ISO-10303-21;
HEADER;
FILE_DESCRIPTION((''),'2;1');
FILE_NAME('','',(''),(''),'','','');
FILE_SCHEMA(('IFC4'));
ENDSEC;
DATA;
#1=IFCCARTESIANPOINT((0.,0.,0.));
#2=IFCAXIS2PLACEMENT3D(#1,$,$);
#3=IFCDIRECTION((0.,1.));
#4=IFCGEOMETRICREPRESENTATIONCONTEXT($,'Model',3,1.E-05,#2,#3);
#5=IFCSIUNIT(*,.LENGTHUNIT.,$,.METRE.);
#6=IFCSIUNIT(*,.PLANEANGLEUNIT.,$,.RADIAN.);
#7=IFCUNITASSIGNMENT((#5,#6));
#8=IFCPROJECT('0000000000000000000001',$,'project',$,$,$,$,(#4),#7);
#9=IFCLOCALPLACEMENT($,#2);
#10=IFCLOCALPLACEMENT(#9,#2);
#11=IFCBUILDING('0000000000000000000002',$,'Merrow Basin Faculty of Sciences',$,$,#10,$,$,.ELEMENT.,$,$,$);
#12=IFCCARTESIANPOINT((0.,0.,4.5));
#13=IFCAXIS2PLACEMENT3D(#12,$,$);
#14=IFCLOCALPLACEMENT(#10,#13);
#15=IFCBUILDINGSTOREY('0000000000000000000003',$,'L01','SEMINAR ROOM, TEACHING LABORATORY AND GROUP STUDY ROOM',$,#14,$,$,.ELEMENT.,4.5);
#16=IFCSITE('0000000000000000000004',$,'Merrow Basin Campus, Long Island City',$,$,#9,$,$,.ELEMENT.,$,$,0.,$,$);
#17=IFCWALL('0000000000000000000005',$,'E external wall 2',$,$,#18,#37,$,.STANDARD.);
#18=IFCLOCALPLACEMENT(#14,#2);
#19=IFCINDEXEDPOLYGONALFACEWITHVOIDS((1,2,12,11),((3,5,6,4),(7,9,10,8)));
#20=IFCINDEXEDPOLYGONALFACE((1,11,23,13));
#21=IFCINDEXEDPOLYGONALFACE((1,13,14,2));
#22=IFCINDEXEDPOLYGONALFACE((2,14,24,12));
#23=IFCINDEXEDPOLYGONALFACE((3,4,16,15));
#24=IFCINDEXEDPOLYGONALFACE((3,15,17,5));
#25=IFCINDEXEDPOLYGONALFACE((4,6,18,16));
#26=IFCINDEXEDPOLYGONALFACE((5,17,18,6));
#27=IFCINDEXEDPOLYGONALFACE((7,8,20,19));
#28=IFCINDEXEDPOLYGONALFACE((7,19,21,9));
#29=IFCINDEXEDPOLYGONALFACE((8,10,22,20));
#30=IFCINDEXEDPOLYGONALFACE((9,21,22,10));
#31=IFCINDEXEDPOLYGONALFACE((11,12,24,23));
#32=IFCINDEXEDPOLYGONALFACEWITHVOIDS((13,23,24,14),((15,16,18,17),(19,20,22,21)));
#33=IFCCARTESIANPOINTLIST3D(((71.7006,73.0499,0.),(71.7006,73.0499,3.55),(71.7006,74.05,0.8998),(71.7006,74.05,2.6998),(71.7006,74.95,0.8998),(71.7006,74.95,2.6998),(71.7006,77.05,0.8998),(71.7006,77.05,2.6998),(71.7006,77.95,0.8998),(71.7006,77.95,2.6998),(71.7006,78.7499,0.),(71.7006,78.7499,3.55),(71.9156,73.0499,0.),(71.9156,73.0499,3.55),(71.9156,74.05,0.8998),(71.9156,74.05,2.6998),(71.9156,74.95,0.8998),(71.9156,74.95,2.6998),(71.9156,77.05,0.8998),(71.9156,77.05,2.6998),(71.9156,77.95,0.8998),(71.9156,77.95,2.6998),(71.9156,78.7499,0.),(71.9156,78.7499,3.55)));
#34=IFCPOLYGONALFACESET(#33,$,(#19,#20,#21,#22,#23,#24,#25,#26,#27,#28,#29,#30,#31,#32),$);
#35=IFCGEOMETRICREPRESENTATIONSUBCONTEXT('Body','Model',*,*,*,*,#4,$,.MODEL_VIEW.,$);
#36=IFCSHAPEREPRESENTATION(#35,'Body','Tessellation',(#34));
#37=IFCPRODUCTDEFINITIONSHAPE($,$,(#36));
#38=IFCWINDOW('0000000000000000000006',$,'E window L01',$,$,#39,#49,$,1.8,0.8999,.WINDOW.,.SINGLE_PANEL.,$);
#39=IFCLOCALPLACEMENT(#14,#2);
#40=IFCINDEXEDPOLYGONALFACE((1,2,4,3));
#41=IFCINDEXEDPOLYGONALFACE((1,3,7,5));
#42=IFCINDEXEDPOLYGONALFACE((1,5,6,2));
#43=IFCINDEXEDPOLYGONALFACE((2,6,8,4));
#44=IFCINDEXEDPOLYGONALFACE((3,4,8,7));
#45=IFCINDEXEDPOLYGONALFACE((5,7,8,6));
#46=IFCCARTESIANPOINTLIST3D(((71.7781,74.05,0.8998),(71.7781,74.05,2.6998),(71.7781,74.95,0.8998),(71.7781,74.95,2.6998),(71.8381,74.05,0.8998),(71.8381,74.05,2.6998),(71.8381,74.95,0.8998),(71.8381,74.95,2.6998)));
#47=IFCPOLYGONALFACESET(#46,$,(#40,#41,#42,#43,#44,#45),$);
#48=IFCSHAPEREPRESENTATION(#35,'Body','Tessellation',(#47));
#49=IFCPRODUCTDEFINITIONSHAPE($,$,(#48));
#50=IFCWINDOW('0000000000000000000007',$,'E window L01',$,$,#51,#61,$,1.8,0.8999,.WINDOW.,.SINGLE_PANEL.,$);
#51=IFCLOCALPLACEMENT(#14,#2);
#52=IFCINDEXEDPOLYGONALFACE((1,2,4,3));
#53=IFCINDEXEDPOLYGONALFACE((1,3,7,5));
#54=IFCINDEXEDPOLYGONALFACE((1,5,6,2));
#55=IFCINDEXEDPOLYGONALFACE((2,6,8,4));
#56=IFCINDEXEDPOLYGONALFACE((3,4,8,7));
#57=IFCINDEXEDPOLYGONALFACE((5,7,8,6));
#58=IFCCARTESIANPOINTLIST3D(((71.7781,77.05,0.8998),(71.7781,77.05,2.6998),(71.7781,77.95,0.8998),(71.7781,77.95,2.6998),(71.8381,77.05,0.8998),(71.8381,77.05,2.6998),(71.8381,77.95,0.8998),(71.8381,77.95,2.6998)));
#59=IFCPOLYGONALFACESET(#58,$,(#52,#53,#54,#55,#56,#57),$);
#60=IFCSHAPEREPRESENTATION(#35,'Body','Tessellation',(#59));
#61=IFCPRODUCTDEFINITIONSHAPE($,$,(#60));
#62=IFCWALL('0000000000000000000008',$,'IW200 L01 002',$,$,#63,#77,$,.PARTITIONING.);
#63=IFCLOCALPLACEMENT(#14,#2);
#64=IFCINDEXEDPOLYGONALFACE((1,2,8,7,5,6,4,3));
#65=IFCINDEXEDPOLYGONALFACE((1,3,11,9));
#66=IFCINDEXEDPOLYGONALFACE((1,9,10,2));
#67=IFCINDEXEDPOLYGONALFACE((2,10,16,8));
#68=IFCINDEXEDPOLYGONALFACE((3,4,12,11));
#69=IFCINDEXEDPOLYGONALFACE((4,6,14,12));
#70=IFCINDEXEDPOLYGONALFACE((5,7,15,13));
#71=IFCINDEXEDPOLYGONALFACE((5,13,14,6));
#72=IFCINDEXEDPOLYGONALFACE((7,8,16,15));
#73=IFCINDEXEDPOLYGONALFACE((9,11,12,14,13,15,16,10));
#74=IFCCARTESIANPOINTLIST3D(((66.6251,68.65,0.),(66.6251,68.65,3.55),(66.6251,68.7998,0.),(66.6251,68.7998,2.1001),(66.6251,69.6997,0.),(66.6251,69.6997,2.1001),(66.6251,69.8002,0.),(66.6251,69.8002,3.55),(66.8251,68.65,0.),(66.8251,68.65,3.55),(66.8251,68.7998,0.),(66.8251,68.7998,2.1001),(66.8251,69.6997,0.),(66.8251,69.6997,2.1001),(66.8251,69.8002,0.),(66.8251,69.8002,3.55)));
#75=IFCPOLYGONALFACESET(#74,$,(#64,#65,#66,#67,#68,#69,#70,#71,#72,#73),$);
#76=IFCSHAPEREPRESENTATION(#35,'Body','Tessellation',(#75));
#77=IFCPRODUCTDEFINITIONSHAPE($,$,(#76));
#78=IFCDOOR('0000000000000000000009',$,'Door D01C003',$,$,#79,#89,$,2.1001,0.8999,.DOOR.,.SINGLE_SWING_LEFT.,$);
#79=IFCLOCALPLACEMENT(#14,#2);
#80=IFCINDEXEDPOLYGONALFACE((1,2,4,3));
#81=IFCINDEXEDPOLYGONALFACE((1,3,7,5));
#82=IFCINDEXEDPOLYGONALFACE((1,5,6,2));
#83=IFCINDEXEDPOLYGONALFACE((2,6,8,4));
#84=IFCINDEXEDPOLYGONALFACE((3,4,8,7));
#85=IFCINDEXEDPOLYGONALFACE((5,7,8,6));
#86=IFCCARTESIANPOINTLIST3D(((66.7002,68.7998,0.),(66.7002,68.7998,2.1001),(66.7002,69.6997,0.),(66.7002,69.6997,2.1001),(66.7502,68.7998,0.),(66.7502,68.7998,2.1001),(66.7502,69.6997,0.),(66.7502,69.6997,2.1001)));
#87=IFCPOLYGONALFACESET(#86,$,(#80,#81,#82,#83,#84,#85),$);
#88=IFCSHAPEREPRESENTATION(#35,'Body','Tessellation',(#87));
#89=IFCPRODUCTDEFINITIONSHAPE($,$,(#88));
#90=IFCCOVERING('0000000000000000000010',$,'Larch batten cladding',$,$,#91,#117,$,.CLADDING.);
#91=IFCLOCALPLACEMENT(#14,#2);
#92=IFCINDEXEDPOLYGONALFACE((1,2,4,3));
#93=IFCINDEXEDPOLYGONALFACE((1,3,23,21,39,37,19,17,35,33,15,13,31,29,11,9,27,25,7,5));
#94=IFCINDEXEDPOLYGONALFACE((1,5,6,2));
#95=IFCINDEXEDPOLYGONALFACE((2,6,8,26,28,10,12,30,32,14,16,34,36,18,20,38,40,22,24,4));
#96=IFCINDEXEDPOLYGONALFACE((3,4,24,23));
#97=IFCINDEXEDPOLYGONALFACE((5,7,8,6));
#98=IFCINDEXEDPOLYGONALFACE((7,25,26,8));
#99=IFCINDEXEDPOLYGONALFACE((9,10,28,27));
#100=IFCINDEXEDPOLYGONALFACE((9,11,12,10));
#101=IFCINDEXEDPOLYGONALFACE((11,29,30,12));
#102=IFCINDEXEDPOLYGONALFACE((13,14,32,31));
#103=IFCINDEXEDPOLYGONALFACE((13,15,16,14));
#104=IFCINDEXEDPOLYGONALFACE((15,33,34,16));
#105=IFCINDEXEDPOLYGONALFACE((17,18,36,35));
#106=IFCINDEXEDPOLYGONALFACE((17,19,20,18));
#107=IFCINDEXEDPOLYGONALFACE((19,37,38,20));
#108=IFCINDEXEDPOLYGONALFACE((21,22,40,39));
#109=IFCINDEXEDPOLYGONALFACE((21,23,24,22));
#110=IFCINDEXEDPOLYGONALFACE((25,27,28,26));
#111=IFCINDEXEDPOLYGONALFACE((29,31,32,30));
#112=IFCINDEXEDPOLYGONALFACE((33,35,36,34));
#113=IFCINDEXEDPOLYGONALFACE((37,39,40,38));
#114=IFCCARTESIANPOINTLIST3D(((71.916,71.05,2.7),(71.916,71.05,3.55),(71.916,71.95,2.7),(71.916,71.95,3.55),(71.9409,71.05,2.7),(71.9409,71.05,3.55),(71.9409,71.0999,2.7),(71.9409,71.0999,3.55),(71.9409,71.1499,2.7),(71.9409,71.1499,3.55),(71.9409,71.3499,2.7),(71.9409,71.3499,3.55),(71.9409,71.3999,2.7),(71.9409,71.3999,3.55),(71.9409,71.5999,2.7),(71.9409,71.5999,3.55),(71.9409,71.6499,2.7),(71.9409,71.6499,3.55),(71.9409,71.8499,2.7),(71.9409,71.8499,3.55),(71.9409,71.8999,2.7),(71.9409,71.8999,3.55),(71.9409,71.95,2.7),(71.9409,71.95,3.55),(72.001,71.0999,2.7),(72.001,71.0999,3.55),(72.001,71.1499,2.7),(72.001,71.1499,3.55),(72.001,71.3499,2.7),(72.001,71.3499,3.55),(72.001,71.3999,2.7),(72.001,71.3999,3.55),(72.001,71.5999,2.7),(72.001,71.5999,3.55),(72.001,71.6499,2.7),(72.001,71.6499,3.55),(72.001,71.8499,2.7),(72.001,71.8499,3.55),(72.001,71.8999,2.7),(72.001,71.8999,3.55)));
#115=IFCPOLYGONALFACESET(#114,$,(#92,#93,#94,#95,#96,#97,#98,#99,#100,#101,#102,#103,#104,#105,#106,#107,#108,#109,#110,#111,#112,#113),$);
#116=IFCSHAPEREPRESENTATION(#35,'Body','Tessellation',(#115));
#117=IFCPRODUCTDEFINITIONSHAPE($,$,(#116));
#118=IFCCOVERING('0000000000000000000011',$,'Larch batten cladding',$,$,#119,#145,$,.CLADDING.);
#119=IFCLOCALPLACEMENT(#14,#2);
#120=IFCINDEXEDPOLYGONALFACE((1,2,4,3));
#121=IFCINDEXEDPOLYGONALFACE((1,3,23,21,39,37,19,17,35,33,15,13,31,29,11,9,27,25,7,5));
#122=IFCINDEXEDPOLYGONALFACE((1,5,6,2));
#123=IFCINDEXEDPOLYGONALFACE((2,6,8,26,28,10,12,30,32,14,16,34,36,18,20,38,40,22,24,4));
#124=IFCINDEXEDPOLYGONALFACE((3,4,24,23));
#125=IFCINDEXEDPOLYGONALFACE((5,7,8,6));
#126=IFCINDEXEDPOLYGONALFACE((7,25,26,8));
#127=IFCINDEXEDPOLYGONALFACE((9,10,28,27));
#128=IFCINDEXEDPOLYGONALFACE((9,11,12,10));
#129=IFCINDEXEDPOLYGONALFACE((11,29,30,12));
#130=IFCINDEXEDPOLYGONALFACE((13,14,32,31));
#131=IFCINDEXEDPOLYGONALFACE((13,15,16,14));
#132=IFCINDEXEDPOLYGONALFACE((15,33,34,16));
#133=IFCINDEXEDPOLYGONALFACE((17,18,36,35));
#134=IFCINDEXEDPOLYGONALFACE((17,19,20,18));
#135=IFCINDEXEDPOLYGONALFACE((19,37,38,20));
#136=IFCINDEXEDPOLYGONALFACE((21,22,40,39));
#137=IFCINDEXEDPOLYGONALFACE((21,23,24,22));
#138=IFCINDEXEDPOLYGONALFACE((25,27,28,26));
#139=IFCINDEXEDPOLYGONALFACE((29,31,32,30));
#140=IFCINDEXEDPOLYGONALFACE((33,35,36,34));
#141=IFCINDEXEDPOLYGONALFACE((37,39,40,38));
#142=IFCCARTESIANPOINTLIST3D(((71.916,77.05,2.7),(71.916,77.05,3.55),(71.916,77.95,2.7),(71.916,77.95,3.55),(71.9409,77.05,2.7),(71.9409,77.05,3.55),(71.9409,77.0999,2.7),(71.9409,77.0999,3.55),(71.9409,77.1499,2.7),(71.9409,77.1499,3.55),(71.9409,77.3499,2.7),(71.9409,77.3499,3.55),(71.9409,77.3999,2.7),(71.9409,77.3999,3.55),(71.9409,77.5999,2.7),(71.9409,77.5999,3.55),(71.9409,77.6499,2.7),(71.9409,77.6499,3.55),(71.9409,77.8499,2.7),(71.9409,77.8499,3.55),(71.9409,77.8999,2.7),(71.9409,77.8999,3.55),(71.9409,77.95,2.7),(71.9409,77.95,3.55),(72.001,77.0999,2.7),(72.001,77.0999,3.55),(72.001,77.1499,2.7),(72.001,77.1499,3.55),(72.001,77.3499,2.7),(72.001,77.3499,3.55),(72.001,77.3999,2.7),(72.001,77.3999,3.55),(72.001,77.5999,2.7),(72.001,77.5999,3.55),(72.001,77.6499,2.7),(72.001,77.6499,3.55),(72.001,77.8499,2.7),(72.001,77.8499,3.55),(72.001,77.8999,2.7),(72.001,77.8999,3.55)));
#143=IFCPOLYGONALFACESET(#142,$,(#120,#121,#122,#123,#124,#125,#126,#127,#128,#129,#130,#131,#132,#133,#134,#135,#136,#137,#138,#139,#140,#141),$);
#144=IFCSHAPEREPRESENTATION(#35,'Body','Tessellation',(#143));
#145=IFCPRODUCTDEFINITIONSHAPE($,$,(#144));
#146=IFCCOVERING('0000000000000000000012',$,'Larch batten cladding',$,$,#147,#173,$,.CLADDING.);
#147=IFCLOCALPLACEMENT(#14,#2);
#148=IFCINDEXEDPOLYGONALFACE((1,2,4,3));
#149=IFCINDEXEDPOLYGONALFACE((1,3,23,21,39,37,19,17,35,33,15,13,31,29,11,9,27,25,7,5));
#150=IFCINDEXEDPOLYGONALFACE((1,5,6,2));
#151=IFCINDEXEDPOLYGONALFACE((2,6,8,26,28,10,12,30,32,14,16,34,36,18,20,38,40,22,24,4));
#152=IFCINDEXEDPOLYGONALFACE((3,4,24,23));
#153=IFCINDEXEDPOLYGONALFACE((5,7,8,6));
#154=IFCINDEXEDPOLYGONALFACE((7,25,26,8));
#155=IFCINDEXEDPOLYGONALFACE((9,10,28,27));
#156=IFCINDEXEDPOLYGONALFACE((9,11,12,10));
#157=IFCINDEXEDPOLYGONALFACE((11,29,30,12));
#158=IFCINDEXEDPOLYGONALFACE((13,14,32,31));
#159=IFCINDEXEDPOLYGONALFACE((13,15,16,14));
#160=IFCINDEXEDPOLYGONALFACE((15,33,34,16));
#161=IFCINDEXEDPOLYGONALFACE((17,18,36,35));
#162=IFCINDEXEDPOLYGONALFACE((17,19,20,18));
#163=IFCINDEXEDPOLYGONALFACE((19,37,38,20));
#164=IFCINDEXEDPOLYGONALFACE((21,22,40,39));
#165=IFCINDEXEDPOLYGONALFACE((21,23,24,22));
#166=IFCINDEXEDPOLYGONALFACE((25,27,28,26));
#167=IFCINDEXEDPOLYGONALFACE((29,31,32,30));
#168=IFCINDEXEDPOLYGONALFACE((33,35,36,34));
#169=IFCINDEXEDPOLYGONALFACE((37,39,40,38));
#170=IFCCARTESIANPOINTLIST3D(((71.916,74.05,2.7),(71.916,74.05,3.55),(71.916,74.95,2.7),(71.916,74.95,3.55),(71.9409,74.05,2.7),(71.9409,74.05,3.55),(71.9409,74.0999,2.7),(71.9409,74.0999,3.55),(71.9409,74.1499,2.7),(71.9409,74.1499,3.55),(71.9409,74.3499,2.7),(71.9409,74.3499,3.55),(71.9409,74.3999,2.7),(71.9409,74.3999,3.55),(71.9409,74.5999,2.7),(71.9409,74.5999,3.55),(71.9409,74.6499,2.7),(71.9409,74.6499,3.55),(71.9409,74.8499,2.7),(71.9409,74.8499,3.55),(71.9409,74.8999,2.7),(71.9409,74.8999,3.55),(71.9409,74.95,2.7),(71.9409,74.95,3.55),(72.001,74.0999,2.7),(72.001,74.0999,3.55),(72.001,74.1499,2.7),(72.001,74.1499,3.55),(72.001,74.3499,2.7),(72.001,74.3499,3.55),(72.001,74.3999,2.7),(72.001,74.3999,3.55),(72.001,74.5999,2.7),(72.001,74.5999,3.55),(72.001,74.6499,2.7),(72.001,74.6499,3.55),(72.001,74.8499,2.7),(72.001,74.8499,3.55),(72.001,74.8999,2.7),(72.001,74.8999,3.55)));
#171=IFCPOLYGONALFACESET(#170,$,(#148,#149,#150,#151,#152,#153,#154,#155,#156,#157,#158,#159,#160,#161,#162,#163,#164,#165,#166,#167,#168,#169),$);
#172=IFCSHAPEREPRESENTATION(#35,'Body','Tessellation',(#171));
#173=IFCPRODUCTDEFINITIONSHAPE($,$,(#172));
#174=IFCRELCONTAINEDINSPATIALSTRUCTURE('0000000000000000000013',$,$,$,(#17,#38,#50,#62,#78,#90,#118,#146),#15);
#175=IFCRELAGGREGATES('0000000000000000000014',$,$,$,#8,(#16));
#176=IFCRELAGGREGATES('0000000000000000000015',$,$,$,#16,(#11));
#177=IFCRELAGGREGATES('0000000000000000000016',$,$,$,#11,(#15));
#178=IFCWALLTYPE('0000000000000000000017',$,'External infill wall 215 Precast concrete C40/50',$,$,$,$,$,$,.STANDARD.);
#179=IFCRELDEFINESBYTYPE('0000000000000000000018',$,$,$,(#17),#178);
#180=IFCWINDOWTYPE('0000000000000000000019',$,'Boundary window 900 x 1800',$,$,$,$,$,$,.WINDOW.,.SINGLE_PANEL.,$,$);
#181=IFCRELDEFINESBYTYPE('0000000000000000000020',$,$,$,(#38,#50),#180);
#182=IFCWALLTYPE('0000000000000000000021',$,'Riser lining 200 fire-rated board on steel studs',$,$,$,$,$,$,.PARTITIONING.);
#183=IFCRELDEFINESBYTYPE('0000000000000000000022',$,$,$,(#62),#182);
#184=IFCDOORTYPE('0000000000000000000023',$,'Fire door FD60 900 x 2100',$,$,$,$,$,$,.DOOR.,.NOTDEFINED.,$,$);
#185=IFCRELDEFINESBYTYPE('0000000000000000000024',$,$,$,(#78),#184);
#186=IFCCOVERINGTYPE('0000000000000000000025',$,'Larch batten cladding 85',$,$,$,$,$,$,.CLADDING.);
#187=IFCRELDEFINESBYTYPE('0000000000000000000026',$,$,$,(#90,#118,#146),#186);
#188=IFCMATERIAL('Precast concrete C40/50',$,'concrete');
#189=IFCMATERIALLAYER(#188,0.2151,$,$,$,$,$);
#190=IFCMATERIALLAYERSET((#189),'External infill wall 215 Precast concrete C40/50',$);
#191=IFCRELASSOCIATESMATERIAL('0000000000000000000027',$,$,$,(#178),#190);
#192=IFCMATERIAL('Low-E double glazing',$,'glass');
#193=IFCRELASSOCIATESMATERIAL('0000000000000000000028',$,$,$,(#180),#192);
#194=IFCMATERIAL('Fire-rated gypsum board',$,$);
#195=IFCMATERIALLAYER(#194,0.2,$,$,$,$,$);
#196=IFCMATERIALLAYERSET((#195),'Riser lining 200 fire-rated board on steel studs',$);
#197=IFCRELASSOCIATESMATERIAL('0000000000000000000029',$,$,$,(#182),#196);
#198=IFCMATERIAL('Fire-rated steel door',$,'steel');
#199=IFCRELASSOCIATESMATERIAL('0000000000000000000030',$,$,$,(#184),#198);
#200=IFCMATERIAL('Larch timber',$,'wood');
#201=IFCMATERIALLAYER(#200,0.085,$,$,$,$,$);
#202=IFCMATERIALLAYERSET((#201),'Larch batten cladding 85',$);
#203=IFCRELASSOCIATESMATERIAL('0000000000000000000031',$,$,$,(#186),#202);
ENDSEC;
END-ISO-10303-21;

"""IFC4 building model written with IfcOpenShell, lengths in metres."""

from ifc_helpers import new_model, si_unit, direction, frame, frame_2d, origin, place, context, subcontext, project, spatial, polyline, rectangle, outline, extrude, source, transform, mapped, material, layer, layer_set, type_object, element, fill, save


model = new_model("IFC4")

# Units and contexts
model_context = context("Model", 3, precision=1e-05, world=origin(), true_north=direction((0.0, 1.0)))
body_context = subcontext(model_context, "Body", "Model", "MODEL_VIEW")
ifc_project = project(units=[si_unit("LENGTHUNIT", "METRE"), si_unit("PLANEANGLEUNIT", "RADIAN")], contexts=[model_context])

# Site, building, storey
site_placement = place(None, origin())
site = spatial("IfcSite", under=ifc_project, at=site_placement, Name="Merrow Basin Campus, Long Island City", CompositionType="ELEMENT", RefElevation=0.0)
building_placement = place(site_placement, origin())
building = spatial("IfcBuilding", under=site, at=building_placement, Name="Merrow Basin Faculty of Sciences", CompositionType="ELEMENT")
storey_placement = place(building_placement, frame((0.0, 0.0, 4.5)))
storey = spatial("IfcBuildingStorey", under=building, at=storey_placement, Name="L01", Description="SEMINAR ROOM, TEACHING LABORATORY AND GROUP STUDY ROOM", CompositionType="ELEMENT", Elevation=4.5)

# Shared definitions
ifc_material_1 = material(Name="Precast concrete C40/50", Category="concrete")
ifc_layer_1 = layer(ifc_material_1, 0.2151)
ifc_layer_set_1 = layer_set([ifc_layer_1], Name="External infill wall 215 Precast concrete C40/50")
wall_type_1 = type_object("IfcWallType", Name="External infill wall 215 Precast concrete C40/50", PredefinedType="STANDARD", material=ifc_layer_set_1)
ifc_material_2 = material(Name="Low-E double glazing", Category="glass")
window_type = type_object("IfcWindowType", Name="Boundary window 900 x 1800", PartitioningType="SINGLE_PANEL", PredefinedType="WINDOW", material=ifc_material_2)

# Wall, openings, windows
wall_1_placement = place(storey_placement, frame((71.8081, 78.75, 0.0), z_axis=(0.0, 0.0, 1.0), x_axis=(0.0, -1.0, 0.0)))
wall_1 = element("IfcWall", 1, at=wall_1_placement, inside=storey, type_object=wall_type_1, Name="E external wall 2", PredefinedType="STANDARD", context=body_context, shape_type="SweptSolid", body=[
    extrude(rectangle(XDim=5.7, YDim=0.2151, at=frame_2d((2.8501, 0.0))), origin(), (0.0, 0.0, 1.0), 3.55),
])
opening_1_placement = place(wall_1_placement, frame((3.8, 0.0, 0.8999)))
opening_1 = element("IfcOpeningElement", 2, at=opening_1_placement, cuts=wall_1, PredefinedType="OPENING", context=body_context, shape_type="SweptSolid", body=[
    extrude(rectangle(XDim=0.8999, YDim=1.8, at=frame_2d((0.45, 0.8999))), frame((0.0, 0.1174, 0.0), z_axis=(0.0, -1.0, 0.0), x_axis=(1.0, 0.0, 0.0)), (0.0, 0.0, 1.0), 0.2351),
])
opening_2_placement = place(wall_1_placement, frame((0.8, 0.0, 0.8999)))
opening_2 = element("IfcOpeningElement", 3, at=opening_2_placement, cuts=wall_1, PredefinedType="OPENING", context=body_context, shape_type="SweptSolid", body=[
    extrude(rectangle(XDim=0.8999, YDim=1.8, at=frame_2d((0.45, 0.8999))), frame((0.0, 0.1174, 0.0), z_axis=(0.0, -1.0, 0.0), x_axis=(1.0, 0.0, 0.0)), (0.0, 0.0, 1.0), 0.2351),
])
window_1_placement = place(opening_1_placement, origin())
window_1 = element("IfcWindow", 4, at=window_1_placement, inside=storey, type_object=window_type, Name="E window L01", OverallHeight=1.8, OverallWidth=0.8999, PartitioningType="SINGLE_PANEL", PredefinedType="WINDOW", context=body_context, shape_type="SweptSolid", body=[
    extrude(rectangle(XDim=0.8999, YDim=1.8, at=frame_2d((0.45, 0.8999))), frame((0.0, 0.03, 0.0), z_axis=(0.0, -1.0, 0.0), x_axis=(1.0, 0.0, 0.0)), (0.0, 0.0, 1.0), 0.0601),
])
fill(opening_1, window_1)
window_2_placement = place(opening_2_placement, origin())
window_2 = element("IfcWindow", 5, at=window_2_placement, inside=storey, type_object=window_type, Name="E window L01", OverallHeight=1.8, OverallWidth=0.8999, PartitioningType="SINGLE_PANEL", PredefinedType="WINDOW", context=body_context, shape_type="SweptSolid", body=[
    extrude(rectangle(XDim=0.8999, YDim=1.8, at=frame_2d((0.45, 0.8999))), frame((0.0, 0.03, 0.0), z_axis=(0.0, -1.0, 0.0), x_axis=(1.0, 0.0, 0.0)), (0.0, 0.0, 1.0), 0.0601),
])
fill(opening_2, window_2)

# Wall, opening, door
ifc_material_3 = material(Name="Fire-rated gypsum board")
ifc_layer_2 = layer(ifc_material_3, 0.2)
ifc_layer_set_2 = layer_set([ifc_layer_2], Name="Riser lining 200 fire-rated board on steel studs")
wall_type_2 = type_object("IfcWallType", Name="Riser lining 200 fire-rated board on steel studs", PredefinedType="PARTITIONING", material=ifc_layer_set_2)
wall_2_placement = place(storey_placement, frame((66.7251, 68.6499, 0.0), z_axis=(0.0, 0.0, 1.0), x_axis=(0.0, 1.0, 0.0)))
wall_2 = element("IfcWall", 6, at=wall_2_placement, inside=storey, type_object=wall_type_2, Name="IW200 L01 002", PredefinedType="PARTITIONING", context=body_context, shape_type="SweptSolid", body=[
    extrude(rectangle(XDim=1.1501, YDim=0.2, at=frame_2d((0.5752, 0.0))), origin(), (0.0, 0.0, 1.0), 3.55),
])
opening_3_placement = place(wall_2_placement, frame((0.1499, 0.0, 0.0)))
opening_3 = element("IfcOpeningElement", 7, at=opening_3_placement, cuts=wall_2, PredefinedType="OPENING", context=body_context, shape_type="SweptSolid", body=[
    extrude(rectangle(XDim=0.8999, YDim=2.1001, at=frame_2d((0.45, 1.05))), frame((0.0, 0.1099, 0.0), z_axis=(0.0, -1.0, 0.0), x_axis=(1.0, 0.0, 0.0)), (0.0, 0.0, 1.0), 0.22),
])
ifc_material_4 = material(Name="Fire-rated steel door", Category="steel")
door_type = type_object("IfcDoorType", Name="Fire door FD60 900 x 2100", OperationType="NOTDEFINED", PredefinedType="DOOR", material=ifc_material_4)
door_placement = place(opening_3_placement, origin())
door = element("IfcDoor", 8, at=door_placement, inside=storey, type_object=door_type, Name="Door D01C003", OperationType="SINGLE_SWING_LEFT", OverallHeight=2.1001, OverallWidth=0.8999, PredefinedType="DOOR", context=body_context, shape_type="SweptSolid", body=[
    extrude(rectangle(XDim=0.8999, YDim=2.1001, at=frame_2d((0.45, 1.05))), frame((0.0, 0.0249, 0.0), z_axis=(0.0, -1.0, 0.0), x_axis=(1.0, 0.0, 0.0)), (0.0, 0.0, 1.0), 0.05),
])
fill(opening_3, door)

# Coverings
ifc_material_5 = material(Name="Larch timber", Category="wood")
ifc_layer_3 = layer(ifc_material_5, 0.085)
ifc_layer_set_3 = layer_set([ifc_layer_3], Name="Larch batten cladding 85")
covering_type = type_object("IfcCoveringType", Name="Larch batten cladding 85", PredefinedType="CLADDING", material=ifc_layer_set_3)
shared_shape_1 = source(origin(), body_context, "Body", "SweptSolid", [
    extrude(outline(polyline([(0.0, 0.0), (0.8999, 0.0), (0.8999, 0.0249), (0.8501, 0.0249), (0.8501, 0.085), (0.8, 0.085), (0.8, 0.0249), (0.6001, 0.0249), (0.6001, 0.085), (0.55, 0.085), (0.55, 0.0249), (0.3501, 0.0249), (0.3501, 0.085), (0.3, 0.085), (0.3, 0.0249), (0.1001, 0.0249), (0.1001, 0.085), (0.05, 0.085), (0.05, 0.0249), (0.0, 0.0249), (0.0, 0.0)])), origin(), (0.0, 0.0, 1.0), 0.8501),
])
for number, where, z_axis, x_axis, name in (
    (9, (71.916, 71.95, 2.7), (0.0, 0.0, 1.0), (0.0, -1.0, 0.0), "Larch batten cladding"),
    (10, (71.916, 77.95, 2.7), (0.0, 0.0, 1.0), (0.0, -1.0, 0.0), "Larch batten cladding"),
    (11, (71.916, 74.95, 2.7), (0.0, 0.0, 1.0), (0.0, -1.0, 0.0), "Larch batten cladding"),
):
    element("IfcCovering", number, at=place(storey_placement, frame(where, z_axis=z_axis, x_axis=x_axis)), inside=storey, type_object=covering_type, Name=name, PredefinedType="CLADDING", context=body_context, shape_type="MappedRepresentation", body=[
        mapped(shared_shape_1, transform((0.0, 0.0, 0.0), scale=1.0)),
    ])

save(model, "model.ifc")
